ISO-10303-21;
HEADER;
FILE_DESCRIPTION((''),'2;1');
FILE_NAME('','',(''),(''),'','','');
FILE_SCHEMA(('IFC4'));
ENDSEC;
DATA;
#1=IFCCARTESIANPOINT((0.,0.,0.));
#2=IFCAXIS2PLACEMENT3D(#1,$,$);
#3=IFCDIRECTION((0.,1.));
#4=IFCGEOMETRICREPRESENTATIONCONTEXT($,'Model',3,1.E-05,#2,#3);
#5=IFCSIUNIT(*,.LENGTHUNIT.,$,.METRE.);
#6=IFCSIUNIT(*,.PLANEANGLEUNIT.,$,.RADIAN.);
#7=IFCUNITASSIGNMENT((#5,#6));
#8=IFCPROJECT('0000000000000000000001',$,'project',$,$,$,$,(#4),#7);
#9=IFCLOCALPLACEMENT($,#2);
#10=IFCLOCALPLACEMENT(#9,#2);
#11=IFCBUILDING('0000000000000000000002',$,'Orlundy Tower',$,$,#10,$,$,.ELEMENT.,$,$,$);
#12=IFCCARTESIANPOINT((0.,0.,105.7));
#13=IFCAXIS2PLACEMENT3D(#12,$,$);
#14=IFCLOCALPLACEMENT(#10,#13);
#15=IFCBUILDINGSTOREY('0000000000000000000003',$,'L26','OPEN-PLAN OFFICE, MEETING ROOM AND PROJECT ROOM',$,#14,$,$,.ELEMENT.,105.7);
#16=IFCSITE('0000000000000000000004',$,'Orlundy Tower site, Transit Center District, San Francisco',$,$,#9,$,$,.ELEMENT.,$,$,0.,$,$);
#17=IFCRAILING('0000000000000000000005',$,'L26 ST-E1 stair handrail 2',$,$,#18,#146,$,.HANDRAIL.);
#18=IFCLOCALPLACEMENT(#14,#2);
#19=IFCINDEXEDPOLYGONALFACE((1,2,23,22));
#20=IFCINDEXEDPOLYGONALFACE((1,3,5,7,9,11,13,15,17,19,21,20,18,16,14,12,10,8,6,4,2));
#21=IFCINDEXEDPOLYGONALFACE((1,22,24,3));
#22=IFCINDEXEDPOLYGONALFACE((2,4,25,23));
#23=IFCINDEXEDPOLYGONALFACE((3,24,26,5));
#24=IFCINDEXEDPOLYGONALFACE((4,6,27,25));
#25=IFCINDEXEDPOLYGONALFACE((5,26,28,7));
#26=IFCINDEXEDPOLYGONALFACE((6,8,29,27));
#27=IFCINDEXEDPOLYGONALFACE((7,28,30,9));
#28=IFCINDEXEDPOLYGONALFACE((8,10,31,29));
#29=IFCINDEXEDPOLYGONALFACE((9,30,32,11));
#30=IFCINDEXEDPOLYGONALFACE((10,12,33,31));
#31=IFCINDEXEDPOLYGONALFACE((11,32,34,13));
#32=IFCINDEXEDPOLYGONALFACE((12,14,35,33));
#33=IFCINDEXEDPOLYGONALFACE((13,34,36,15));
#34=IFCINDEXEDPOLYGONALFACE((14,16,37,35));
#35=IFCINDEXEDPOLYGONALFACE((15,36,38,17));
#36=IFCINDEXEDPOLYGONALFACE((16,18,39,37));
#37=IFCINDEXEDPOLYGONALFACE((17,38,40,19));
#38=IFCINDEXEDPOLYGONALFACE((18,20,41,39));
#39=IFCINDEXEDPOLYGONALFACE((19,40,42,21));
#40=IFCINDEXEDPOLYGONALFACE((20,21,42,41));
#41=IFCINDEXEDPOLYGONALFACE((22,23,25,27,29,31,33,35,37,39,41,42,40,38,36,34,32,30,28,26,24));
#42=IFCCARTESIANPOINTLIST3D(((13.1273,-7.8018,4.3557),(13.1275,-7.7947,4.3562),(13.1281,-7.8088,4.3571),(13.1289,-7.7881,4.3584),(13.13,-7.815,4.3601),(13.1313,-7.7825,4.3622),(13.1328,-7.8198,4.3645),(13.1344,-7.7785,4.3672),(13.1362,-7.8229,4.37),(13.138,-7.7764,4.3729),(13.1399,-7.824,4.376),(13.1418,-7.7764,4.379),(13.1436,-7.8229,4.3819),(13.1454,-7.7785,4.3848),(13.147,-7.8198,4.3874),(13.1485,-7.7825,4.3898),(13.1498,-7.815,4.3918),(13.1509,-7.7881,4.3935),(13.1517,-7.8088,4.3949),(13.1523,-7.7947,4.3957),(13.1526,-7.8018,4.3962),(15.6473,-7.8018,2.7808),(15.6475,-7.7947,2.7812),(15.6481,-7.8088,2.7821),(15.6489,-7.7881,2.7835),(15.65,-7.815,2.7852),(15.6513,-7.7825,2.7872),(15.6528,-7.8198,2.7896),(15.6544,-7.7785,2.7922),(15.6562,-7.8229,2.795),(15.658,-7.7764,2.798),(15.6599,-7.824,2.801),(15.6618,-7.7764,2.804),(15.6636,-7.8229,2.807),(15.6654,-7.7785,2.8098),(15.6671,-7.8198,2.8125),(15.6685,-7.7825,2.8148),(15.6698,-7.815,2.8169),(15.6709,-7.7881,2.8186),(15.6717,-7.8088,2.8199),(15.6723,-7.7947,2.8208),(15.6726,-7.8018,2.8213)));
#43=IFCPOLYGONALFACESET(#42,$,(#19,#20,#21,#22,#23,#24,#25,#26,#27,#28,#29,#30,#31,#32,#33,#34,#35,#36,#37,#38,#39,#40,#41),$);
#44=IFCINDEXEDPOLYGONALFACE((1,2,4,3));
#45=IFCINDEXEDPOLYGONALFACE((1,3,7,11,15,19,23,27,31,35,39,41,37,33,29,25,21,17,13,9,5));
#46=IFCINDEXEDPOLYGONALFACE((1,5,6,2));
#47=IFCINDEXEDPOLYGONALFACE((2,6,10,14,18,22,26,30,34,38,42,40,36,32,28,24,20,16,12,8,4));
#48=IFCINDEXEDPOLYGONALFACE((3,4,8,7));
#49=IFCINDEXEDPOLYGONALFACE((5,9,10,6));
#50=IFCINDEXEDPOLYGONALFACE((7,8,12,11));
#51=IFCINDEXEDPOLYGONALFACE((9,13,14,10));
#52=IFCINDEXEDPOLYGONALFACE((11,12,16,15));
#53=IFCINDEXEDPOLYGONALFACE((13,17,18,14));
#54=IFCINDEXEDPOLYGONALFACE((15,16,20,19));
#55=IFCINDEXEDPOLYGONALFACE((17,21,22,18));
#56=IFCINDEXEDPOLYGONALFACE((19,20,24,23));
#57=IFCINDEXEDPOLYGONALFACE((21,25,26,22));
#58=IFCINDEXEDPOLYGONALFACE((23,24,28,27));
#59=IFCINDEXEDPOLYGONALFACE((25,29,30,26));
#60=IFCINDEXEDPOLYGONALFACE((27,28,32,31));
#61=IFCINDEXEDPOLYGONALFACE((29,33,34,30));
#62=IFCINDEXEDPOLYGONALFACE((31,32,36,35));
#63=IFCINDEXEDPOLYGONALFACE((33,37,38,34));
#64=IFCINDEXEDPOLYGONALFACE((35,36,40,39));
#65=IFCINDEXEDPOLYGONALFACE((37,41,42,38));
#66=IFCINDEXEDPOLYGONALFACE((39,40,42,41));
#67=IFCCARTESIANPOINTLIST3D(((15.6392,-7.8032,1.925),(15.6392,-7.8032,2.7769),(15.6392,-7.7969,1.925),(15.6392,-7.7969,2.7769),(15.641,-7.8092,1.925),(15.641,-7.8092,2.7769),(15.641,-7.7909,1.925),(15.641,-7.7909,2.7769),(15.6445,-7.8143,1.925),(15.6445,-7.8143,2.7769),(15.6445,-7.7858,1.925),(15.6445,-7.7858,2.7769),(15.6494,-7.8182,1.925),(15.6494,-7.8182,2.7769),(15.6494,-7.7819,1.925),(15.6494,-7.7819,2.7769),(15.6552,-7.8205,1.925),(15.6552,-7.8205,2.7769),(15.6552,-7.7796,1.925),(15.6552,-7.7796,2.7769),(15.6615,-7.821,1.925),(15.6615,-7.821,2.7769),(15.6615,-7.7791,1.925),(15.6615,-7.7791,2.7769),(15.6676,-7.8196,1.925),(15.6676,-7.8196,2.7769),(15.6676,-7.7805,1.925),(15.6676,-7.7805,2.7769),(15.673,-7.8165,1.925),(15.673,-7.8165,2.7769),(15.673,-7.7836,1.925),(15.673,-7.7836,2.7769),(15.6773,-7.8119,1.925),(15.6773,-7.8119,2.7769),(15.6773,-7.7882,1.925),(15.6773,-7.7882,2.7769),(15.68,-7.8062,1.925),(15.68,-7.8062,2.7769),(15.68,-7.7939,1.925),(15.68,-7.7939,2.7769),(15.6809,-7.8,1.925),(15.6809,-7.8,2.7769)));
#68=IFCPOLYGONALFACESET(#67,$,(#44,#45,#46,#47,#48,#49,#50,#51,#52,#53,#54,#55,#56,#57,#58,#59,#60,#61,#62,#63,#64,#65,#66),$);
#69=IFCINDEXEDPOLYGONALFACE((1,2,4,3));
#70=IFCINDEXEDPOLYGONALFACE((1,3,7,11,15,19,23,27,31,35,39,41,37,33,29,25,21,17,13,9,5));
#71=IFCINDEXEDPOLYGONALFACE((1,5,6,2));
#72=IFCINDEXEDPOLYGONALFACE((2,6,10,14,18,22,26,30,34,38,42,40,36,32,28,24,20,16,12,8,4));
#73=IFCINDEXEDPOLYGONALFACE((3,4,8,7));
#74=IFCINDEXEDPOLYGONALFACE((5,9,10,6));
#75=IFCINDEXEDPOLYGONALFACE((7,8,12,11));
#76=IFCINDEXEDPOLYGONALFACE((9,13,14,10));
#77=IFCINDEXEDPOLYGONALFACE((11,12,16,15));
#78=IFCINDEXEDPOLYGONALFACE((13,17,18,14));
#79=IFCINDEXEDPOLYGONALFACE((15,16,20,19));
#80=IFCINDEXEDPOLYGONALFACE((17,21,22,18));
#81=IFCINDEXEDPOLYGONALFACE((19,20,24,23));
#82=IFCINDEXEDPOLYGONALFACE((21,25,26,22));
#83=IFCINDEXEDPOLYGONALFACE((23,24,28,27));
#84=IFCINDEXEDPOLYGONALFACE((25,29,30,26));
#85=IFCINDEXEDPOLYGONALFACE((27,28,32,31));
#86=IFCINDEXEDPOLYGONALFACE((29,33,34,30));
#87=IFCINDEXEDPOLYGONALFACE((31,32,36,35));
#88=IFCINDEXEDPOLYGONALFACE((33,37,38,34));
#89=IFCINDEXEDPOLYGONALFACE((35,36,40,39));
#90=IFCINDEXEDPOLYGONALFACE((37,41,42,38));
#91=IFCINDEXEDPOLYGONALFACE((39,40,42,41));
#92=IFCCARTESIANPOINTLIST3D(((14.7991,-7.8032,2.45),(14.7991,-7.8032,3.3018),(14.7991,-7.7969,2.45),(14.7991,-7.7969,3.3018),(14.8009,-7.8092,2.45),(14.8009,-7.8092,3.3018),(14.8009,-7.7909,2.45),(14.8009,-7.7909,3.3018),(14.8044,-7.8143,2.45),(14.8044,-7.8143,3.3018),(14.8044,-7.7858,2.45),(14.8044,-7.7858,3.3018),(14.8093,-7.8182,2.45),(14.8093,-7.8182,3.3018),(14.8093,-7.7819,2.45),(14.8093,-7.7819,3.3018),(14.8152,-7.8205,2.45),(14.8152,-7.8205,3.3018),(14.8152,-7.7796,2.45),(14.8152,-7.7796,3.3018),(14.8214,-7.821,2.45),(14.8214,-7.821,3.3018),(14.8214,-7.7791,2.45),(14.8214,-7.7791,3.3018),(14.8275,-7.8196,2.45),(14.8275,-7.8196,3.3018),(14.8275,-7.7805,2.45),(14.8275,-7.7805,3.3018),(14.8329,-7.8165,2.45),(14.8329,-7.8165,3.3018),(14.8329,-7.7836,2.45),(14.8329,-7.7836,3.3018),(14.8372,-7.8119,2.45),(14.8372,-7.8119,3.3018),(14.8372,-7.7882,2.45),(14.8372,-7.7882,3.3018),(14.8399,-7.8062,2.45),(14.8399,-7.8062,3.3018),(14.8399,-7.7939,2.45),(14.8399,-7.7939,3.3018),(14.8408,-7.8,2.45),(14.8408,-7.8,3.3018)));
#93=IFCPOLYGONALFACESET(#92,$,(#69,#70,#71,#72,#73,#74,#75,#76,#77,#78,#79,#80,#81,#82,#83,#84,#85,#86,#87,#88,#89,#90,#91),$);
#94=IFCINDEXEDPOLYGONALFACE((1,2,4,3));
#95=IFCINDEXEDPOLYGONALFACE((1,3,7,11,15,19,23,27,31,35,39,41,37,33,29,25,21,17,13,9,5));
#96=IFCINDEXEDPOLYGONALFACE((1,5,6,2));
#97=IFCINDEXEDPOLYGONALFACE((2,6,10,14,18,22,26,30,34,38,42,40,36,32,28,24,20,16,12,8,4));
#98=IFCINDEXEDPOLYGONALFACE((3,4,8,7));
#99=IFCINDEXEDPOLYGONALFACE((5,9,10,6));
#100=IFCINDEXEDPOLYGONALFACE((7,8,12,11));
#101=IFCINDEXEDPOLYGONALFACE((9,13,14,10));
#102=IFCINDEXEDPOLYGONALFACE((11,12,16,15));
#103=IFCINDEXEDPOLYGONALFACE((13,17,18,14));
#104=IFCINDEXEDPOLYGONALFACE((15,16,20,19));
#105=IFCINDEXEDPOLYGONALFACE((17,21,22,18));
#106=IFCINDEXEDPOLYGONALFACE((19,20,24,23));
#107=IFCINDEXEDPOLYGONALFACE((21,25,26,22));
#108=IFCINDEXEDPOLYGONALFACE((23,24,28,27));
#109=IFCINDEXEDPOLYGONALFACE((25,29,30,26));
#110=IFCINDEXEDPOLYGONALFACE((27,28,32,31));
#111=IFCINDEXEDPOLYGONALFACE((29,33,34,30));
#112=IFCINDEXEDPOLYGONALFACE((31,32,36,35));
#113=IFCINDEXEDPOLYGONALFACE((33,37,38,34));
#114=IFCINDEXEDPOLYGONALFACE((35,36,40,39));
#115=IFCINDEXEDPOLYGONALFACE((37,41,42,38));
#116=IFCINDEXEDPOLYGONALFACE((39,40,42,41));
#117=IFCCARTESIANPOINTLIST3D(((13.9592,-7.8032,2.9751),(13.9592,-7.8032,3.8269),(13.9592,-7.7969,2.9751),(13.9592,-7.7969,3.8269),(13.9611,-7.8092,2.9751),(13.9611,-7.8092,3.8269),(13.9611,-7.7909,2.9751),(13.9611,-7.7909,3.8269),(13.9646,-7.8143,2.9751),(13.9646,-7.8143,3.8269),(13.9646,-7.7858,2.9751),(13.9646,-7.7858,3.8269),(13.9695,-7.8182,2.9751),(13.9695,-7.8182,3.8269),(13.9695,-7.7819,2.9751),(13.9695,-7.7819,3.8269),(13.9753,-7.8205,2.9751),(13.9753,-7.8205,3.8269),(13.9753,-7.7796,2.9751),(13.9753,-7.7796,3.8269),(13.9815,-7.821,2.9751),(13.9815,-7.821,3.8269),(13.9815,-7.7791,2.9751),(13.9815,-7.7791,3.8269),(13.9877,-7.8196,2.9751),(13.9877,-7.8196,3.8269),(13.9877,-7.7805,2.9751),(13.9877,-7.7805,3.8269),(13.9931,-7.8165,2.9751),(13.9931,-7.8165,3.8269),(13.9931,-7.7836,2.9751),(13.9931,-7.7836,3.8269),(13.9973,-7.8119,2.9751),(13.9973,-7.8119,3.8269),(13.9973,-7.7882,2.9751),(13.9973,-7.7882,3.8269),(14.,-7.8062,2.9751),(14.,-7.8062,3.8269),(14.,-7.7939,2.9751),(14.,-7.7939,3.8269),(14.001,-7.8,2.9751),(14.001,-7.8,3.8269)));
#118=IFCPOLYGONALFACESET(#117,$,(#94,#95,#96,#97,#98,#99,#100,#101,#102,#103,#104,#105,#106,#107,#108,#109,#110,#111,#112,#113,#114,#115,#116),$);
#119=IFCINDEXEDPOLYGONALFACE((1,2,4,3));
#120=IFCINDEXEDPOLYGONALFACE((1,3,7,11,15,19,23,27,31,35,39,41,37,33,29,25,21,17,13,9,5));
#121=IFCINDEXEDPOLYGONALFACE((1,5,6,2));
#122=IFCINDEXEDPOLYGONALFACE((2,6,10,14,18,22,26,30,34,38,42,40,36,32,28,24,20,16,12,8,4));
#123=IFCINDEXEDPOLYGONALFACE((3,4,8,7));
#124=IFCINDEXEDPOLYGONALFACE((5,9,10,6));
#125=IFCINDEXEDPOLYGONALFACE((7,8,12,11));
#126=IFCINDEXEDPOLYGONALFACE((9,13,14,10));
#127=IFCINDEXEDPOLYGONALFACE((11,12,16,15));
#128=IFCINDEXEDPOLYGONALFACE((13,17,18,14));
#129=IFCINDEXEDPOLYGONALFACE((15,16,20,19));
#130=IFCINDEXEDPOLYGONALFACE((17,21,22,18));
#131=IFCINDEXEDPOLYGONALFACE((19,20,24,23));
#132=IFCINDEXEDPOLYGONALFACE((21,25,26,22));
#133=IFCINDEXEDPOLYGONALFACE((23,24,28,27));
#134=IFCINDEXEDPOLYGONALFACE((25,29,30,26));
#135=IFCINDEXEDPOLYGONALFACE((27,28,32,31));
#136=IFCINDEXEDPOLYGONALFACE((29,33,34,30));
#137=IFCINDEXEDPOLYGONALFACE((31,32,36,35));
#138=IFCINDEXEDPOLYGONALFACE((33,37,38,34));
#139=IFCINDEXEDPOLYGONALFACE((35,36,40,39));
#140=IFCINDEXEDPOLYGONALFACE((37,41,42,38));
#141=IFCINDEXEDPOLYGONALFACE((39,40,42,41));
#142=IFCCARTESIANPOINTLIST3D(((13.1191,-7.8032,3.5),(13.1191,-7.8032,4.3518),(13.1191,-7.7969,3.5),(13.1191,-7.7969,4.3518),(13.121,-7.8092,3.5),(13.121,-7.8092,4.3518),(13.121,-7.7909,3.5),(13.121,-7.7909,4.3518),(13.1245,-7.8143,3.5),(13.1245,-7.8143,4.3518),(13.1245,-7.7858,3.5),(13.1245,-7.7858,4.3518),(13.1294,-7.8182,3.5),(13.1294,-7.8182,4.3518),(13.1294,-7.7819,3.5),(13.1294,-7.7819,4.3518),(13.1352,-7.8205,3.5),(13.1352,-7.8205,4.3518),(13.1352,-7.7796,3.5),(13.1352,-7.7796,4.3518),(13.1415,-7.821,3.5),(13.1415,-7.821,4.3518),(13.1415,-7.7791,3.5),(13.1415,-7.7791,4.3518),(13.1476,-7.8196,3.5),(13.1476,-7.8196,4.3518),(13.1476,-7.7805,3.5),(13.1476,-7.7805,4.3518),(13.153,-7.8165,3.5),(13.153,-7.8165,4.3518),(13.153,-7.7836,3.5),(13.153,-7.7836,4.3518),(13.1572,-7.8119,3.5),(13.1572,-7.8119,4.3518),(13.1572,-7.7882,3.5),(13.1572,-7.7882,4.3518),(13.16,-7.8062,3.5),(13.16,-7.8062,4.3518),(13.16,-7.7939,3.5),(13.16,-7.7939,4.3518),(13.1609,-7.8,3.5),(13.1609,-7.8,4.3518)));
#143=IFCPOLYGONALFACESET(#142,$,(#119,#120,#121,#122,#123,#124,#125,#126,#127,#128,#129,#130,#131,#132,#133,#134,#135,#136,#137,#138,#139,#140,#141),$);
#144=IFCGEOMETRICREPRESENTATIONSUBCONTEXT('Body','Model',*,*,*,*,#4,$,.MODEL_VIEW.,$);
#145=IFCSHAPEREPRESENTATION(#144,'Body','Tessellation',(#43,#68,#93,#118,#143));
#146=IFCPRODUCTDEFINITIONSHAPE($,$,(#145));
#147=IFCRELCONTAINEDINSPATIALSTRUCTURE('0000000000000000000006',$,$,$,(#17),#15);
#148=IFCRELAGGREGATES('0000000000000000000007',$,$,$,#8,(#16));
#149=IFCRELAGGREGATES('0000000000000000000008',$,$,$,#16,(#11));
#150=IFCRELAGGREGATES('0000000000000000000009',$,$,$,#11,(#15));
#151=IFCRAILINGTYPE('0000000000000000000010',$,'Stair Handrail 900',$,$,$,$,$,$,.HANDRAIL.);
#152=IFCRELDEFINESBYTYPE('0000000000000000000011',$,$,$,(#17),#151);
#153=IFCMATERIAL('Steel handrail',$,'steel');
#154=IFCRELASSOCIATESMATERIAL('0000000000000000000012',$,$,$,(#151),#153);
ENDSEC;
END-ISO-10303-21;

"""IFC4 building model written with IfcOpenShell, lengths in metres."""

from ifc_helpers import new_model, si_unit, direction, frame, origin, origin_2d, place, context, subcontext, project, spatial, circle, extrude, material, type_object, element, save


model = new_model("IFC4")

# Units and contexts
model_context = context("Model", 3, precision=1e-05, world=origin(), true_north=direction((0.0, 1.0)))
body_context = subcontext(model_context, "Body", "Model", "MODEL_VIEW")
ifc_project = project(units=[si_unit("LENGTHUNIT", "METRE"), si_unit("PLANEANGLEUNIT", "RADIAN")], contexts=[model_context])

# Site, building, storey
site_placement = place(None, origin())
site = spatial("IfcSite", under=ifc_project, at=site_placement, Name="Orlundy Tower site, Transit Center District, San Francisco", CompositionType="ELEMENT", RefElevation=0.0)
building_placement = place(site_placement, origin())
building = spatial("IfcBuilding", under=site, at=building_placement, Name="Orlundy Tower", CompositionType="ELEMENT")
storey_placement = place(building_placement, frame((0.0, 0.0, 105.7)))
storey = spatial("IfcBuildingStorey", under=building, at=storey_placement, Name="L26", Description="OPEN-PLAN OFFICE, MEETING ROOM AND PROJECT ROOM", CompositionType="ELEMENT", Elevation=105.7)

# Railing
ifc_material_1 = material(Name="Steel handrail", Category="steel")
railing_type_1 = type_object("IfcRailingType", Name="Stair Handrail 900", PredefinedType="HANDRAIL", material=ifc_material_1)
railing_1_placement = place(storey_placement, frame((15.6599, -7.8, 1.925)))
element("IfcRailing", 1, at=railing_1_placement, inside=storey, type_object=railing_type_1, Name="L26 ST-E1 stair handrail 2", PredefinedType="HANDRAIL", context=body_context, shape_type="SweptSolid", body=[
    extrude(circle(Radius=0.0239, at=origin_2d()), frame((0.0, 0.0, 0.876), z_axis=(-0.848008, 0.0, 0.529984), x_axis=(0.0, -1.0, 0.0)), (0.0, 0.0, 1.0), 2.9717),
    extrude(circle(Radius=0.021, at=origin_2d()), origin(), (0.0, 0.0, 1.0), 0.8518),
    extrude(circle(Radius=0.021, at=origin_2d()), frame((-0.8401, 0.0, 0.5249)), (0.0, 0.0, 1.0), 0.8518),
    extrude(circle(Radius=0.021, at=origin_2d()), frame((-1.6799, 0.0, 1.05)), (0.0, 0.0, 1.0), 0.8518),
    extrude(circle(Radius=0.021, at=origin_2d()), frame((-2.52, 0.0, 1.575)), (0.0, 0.0, 1.0), 0.8518),
])

save(model, "model.ifc")
